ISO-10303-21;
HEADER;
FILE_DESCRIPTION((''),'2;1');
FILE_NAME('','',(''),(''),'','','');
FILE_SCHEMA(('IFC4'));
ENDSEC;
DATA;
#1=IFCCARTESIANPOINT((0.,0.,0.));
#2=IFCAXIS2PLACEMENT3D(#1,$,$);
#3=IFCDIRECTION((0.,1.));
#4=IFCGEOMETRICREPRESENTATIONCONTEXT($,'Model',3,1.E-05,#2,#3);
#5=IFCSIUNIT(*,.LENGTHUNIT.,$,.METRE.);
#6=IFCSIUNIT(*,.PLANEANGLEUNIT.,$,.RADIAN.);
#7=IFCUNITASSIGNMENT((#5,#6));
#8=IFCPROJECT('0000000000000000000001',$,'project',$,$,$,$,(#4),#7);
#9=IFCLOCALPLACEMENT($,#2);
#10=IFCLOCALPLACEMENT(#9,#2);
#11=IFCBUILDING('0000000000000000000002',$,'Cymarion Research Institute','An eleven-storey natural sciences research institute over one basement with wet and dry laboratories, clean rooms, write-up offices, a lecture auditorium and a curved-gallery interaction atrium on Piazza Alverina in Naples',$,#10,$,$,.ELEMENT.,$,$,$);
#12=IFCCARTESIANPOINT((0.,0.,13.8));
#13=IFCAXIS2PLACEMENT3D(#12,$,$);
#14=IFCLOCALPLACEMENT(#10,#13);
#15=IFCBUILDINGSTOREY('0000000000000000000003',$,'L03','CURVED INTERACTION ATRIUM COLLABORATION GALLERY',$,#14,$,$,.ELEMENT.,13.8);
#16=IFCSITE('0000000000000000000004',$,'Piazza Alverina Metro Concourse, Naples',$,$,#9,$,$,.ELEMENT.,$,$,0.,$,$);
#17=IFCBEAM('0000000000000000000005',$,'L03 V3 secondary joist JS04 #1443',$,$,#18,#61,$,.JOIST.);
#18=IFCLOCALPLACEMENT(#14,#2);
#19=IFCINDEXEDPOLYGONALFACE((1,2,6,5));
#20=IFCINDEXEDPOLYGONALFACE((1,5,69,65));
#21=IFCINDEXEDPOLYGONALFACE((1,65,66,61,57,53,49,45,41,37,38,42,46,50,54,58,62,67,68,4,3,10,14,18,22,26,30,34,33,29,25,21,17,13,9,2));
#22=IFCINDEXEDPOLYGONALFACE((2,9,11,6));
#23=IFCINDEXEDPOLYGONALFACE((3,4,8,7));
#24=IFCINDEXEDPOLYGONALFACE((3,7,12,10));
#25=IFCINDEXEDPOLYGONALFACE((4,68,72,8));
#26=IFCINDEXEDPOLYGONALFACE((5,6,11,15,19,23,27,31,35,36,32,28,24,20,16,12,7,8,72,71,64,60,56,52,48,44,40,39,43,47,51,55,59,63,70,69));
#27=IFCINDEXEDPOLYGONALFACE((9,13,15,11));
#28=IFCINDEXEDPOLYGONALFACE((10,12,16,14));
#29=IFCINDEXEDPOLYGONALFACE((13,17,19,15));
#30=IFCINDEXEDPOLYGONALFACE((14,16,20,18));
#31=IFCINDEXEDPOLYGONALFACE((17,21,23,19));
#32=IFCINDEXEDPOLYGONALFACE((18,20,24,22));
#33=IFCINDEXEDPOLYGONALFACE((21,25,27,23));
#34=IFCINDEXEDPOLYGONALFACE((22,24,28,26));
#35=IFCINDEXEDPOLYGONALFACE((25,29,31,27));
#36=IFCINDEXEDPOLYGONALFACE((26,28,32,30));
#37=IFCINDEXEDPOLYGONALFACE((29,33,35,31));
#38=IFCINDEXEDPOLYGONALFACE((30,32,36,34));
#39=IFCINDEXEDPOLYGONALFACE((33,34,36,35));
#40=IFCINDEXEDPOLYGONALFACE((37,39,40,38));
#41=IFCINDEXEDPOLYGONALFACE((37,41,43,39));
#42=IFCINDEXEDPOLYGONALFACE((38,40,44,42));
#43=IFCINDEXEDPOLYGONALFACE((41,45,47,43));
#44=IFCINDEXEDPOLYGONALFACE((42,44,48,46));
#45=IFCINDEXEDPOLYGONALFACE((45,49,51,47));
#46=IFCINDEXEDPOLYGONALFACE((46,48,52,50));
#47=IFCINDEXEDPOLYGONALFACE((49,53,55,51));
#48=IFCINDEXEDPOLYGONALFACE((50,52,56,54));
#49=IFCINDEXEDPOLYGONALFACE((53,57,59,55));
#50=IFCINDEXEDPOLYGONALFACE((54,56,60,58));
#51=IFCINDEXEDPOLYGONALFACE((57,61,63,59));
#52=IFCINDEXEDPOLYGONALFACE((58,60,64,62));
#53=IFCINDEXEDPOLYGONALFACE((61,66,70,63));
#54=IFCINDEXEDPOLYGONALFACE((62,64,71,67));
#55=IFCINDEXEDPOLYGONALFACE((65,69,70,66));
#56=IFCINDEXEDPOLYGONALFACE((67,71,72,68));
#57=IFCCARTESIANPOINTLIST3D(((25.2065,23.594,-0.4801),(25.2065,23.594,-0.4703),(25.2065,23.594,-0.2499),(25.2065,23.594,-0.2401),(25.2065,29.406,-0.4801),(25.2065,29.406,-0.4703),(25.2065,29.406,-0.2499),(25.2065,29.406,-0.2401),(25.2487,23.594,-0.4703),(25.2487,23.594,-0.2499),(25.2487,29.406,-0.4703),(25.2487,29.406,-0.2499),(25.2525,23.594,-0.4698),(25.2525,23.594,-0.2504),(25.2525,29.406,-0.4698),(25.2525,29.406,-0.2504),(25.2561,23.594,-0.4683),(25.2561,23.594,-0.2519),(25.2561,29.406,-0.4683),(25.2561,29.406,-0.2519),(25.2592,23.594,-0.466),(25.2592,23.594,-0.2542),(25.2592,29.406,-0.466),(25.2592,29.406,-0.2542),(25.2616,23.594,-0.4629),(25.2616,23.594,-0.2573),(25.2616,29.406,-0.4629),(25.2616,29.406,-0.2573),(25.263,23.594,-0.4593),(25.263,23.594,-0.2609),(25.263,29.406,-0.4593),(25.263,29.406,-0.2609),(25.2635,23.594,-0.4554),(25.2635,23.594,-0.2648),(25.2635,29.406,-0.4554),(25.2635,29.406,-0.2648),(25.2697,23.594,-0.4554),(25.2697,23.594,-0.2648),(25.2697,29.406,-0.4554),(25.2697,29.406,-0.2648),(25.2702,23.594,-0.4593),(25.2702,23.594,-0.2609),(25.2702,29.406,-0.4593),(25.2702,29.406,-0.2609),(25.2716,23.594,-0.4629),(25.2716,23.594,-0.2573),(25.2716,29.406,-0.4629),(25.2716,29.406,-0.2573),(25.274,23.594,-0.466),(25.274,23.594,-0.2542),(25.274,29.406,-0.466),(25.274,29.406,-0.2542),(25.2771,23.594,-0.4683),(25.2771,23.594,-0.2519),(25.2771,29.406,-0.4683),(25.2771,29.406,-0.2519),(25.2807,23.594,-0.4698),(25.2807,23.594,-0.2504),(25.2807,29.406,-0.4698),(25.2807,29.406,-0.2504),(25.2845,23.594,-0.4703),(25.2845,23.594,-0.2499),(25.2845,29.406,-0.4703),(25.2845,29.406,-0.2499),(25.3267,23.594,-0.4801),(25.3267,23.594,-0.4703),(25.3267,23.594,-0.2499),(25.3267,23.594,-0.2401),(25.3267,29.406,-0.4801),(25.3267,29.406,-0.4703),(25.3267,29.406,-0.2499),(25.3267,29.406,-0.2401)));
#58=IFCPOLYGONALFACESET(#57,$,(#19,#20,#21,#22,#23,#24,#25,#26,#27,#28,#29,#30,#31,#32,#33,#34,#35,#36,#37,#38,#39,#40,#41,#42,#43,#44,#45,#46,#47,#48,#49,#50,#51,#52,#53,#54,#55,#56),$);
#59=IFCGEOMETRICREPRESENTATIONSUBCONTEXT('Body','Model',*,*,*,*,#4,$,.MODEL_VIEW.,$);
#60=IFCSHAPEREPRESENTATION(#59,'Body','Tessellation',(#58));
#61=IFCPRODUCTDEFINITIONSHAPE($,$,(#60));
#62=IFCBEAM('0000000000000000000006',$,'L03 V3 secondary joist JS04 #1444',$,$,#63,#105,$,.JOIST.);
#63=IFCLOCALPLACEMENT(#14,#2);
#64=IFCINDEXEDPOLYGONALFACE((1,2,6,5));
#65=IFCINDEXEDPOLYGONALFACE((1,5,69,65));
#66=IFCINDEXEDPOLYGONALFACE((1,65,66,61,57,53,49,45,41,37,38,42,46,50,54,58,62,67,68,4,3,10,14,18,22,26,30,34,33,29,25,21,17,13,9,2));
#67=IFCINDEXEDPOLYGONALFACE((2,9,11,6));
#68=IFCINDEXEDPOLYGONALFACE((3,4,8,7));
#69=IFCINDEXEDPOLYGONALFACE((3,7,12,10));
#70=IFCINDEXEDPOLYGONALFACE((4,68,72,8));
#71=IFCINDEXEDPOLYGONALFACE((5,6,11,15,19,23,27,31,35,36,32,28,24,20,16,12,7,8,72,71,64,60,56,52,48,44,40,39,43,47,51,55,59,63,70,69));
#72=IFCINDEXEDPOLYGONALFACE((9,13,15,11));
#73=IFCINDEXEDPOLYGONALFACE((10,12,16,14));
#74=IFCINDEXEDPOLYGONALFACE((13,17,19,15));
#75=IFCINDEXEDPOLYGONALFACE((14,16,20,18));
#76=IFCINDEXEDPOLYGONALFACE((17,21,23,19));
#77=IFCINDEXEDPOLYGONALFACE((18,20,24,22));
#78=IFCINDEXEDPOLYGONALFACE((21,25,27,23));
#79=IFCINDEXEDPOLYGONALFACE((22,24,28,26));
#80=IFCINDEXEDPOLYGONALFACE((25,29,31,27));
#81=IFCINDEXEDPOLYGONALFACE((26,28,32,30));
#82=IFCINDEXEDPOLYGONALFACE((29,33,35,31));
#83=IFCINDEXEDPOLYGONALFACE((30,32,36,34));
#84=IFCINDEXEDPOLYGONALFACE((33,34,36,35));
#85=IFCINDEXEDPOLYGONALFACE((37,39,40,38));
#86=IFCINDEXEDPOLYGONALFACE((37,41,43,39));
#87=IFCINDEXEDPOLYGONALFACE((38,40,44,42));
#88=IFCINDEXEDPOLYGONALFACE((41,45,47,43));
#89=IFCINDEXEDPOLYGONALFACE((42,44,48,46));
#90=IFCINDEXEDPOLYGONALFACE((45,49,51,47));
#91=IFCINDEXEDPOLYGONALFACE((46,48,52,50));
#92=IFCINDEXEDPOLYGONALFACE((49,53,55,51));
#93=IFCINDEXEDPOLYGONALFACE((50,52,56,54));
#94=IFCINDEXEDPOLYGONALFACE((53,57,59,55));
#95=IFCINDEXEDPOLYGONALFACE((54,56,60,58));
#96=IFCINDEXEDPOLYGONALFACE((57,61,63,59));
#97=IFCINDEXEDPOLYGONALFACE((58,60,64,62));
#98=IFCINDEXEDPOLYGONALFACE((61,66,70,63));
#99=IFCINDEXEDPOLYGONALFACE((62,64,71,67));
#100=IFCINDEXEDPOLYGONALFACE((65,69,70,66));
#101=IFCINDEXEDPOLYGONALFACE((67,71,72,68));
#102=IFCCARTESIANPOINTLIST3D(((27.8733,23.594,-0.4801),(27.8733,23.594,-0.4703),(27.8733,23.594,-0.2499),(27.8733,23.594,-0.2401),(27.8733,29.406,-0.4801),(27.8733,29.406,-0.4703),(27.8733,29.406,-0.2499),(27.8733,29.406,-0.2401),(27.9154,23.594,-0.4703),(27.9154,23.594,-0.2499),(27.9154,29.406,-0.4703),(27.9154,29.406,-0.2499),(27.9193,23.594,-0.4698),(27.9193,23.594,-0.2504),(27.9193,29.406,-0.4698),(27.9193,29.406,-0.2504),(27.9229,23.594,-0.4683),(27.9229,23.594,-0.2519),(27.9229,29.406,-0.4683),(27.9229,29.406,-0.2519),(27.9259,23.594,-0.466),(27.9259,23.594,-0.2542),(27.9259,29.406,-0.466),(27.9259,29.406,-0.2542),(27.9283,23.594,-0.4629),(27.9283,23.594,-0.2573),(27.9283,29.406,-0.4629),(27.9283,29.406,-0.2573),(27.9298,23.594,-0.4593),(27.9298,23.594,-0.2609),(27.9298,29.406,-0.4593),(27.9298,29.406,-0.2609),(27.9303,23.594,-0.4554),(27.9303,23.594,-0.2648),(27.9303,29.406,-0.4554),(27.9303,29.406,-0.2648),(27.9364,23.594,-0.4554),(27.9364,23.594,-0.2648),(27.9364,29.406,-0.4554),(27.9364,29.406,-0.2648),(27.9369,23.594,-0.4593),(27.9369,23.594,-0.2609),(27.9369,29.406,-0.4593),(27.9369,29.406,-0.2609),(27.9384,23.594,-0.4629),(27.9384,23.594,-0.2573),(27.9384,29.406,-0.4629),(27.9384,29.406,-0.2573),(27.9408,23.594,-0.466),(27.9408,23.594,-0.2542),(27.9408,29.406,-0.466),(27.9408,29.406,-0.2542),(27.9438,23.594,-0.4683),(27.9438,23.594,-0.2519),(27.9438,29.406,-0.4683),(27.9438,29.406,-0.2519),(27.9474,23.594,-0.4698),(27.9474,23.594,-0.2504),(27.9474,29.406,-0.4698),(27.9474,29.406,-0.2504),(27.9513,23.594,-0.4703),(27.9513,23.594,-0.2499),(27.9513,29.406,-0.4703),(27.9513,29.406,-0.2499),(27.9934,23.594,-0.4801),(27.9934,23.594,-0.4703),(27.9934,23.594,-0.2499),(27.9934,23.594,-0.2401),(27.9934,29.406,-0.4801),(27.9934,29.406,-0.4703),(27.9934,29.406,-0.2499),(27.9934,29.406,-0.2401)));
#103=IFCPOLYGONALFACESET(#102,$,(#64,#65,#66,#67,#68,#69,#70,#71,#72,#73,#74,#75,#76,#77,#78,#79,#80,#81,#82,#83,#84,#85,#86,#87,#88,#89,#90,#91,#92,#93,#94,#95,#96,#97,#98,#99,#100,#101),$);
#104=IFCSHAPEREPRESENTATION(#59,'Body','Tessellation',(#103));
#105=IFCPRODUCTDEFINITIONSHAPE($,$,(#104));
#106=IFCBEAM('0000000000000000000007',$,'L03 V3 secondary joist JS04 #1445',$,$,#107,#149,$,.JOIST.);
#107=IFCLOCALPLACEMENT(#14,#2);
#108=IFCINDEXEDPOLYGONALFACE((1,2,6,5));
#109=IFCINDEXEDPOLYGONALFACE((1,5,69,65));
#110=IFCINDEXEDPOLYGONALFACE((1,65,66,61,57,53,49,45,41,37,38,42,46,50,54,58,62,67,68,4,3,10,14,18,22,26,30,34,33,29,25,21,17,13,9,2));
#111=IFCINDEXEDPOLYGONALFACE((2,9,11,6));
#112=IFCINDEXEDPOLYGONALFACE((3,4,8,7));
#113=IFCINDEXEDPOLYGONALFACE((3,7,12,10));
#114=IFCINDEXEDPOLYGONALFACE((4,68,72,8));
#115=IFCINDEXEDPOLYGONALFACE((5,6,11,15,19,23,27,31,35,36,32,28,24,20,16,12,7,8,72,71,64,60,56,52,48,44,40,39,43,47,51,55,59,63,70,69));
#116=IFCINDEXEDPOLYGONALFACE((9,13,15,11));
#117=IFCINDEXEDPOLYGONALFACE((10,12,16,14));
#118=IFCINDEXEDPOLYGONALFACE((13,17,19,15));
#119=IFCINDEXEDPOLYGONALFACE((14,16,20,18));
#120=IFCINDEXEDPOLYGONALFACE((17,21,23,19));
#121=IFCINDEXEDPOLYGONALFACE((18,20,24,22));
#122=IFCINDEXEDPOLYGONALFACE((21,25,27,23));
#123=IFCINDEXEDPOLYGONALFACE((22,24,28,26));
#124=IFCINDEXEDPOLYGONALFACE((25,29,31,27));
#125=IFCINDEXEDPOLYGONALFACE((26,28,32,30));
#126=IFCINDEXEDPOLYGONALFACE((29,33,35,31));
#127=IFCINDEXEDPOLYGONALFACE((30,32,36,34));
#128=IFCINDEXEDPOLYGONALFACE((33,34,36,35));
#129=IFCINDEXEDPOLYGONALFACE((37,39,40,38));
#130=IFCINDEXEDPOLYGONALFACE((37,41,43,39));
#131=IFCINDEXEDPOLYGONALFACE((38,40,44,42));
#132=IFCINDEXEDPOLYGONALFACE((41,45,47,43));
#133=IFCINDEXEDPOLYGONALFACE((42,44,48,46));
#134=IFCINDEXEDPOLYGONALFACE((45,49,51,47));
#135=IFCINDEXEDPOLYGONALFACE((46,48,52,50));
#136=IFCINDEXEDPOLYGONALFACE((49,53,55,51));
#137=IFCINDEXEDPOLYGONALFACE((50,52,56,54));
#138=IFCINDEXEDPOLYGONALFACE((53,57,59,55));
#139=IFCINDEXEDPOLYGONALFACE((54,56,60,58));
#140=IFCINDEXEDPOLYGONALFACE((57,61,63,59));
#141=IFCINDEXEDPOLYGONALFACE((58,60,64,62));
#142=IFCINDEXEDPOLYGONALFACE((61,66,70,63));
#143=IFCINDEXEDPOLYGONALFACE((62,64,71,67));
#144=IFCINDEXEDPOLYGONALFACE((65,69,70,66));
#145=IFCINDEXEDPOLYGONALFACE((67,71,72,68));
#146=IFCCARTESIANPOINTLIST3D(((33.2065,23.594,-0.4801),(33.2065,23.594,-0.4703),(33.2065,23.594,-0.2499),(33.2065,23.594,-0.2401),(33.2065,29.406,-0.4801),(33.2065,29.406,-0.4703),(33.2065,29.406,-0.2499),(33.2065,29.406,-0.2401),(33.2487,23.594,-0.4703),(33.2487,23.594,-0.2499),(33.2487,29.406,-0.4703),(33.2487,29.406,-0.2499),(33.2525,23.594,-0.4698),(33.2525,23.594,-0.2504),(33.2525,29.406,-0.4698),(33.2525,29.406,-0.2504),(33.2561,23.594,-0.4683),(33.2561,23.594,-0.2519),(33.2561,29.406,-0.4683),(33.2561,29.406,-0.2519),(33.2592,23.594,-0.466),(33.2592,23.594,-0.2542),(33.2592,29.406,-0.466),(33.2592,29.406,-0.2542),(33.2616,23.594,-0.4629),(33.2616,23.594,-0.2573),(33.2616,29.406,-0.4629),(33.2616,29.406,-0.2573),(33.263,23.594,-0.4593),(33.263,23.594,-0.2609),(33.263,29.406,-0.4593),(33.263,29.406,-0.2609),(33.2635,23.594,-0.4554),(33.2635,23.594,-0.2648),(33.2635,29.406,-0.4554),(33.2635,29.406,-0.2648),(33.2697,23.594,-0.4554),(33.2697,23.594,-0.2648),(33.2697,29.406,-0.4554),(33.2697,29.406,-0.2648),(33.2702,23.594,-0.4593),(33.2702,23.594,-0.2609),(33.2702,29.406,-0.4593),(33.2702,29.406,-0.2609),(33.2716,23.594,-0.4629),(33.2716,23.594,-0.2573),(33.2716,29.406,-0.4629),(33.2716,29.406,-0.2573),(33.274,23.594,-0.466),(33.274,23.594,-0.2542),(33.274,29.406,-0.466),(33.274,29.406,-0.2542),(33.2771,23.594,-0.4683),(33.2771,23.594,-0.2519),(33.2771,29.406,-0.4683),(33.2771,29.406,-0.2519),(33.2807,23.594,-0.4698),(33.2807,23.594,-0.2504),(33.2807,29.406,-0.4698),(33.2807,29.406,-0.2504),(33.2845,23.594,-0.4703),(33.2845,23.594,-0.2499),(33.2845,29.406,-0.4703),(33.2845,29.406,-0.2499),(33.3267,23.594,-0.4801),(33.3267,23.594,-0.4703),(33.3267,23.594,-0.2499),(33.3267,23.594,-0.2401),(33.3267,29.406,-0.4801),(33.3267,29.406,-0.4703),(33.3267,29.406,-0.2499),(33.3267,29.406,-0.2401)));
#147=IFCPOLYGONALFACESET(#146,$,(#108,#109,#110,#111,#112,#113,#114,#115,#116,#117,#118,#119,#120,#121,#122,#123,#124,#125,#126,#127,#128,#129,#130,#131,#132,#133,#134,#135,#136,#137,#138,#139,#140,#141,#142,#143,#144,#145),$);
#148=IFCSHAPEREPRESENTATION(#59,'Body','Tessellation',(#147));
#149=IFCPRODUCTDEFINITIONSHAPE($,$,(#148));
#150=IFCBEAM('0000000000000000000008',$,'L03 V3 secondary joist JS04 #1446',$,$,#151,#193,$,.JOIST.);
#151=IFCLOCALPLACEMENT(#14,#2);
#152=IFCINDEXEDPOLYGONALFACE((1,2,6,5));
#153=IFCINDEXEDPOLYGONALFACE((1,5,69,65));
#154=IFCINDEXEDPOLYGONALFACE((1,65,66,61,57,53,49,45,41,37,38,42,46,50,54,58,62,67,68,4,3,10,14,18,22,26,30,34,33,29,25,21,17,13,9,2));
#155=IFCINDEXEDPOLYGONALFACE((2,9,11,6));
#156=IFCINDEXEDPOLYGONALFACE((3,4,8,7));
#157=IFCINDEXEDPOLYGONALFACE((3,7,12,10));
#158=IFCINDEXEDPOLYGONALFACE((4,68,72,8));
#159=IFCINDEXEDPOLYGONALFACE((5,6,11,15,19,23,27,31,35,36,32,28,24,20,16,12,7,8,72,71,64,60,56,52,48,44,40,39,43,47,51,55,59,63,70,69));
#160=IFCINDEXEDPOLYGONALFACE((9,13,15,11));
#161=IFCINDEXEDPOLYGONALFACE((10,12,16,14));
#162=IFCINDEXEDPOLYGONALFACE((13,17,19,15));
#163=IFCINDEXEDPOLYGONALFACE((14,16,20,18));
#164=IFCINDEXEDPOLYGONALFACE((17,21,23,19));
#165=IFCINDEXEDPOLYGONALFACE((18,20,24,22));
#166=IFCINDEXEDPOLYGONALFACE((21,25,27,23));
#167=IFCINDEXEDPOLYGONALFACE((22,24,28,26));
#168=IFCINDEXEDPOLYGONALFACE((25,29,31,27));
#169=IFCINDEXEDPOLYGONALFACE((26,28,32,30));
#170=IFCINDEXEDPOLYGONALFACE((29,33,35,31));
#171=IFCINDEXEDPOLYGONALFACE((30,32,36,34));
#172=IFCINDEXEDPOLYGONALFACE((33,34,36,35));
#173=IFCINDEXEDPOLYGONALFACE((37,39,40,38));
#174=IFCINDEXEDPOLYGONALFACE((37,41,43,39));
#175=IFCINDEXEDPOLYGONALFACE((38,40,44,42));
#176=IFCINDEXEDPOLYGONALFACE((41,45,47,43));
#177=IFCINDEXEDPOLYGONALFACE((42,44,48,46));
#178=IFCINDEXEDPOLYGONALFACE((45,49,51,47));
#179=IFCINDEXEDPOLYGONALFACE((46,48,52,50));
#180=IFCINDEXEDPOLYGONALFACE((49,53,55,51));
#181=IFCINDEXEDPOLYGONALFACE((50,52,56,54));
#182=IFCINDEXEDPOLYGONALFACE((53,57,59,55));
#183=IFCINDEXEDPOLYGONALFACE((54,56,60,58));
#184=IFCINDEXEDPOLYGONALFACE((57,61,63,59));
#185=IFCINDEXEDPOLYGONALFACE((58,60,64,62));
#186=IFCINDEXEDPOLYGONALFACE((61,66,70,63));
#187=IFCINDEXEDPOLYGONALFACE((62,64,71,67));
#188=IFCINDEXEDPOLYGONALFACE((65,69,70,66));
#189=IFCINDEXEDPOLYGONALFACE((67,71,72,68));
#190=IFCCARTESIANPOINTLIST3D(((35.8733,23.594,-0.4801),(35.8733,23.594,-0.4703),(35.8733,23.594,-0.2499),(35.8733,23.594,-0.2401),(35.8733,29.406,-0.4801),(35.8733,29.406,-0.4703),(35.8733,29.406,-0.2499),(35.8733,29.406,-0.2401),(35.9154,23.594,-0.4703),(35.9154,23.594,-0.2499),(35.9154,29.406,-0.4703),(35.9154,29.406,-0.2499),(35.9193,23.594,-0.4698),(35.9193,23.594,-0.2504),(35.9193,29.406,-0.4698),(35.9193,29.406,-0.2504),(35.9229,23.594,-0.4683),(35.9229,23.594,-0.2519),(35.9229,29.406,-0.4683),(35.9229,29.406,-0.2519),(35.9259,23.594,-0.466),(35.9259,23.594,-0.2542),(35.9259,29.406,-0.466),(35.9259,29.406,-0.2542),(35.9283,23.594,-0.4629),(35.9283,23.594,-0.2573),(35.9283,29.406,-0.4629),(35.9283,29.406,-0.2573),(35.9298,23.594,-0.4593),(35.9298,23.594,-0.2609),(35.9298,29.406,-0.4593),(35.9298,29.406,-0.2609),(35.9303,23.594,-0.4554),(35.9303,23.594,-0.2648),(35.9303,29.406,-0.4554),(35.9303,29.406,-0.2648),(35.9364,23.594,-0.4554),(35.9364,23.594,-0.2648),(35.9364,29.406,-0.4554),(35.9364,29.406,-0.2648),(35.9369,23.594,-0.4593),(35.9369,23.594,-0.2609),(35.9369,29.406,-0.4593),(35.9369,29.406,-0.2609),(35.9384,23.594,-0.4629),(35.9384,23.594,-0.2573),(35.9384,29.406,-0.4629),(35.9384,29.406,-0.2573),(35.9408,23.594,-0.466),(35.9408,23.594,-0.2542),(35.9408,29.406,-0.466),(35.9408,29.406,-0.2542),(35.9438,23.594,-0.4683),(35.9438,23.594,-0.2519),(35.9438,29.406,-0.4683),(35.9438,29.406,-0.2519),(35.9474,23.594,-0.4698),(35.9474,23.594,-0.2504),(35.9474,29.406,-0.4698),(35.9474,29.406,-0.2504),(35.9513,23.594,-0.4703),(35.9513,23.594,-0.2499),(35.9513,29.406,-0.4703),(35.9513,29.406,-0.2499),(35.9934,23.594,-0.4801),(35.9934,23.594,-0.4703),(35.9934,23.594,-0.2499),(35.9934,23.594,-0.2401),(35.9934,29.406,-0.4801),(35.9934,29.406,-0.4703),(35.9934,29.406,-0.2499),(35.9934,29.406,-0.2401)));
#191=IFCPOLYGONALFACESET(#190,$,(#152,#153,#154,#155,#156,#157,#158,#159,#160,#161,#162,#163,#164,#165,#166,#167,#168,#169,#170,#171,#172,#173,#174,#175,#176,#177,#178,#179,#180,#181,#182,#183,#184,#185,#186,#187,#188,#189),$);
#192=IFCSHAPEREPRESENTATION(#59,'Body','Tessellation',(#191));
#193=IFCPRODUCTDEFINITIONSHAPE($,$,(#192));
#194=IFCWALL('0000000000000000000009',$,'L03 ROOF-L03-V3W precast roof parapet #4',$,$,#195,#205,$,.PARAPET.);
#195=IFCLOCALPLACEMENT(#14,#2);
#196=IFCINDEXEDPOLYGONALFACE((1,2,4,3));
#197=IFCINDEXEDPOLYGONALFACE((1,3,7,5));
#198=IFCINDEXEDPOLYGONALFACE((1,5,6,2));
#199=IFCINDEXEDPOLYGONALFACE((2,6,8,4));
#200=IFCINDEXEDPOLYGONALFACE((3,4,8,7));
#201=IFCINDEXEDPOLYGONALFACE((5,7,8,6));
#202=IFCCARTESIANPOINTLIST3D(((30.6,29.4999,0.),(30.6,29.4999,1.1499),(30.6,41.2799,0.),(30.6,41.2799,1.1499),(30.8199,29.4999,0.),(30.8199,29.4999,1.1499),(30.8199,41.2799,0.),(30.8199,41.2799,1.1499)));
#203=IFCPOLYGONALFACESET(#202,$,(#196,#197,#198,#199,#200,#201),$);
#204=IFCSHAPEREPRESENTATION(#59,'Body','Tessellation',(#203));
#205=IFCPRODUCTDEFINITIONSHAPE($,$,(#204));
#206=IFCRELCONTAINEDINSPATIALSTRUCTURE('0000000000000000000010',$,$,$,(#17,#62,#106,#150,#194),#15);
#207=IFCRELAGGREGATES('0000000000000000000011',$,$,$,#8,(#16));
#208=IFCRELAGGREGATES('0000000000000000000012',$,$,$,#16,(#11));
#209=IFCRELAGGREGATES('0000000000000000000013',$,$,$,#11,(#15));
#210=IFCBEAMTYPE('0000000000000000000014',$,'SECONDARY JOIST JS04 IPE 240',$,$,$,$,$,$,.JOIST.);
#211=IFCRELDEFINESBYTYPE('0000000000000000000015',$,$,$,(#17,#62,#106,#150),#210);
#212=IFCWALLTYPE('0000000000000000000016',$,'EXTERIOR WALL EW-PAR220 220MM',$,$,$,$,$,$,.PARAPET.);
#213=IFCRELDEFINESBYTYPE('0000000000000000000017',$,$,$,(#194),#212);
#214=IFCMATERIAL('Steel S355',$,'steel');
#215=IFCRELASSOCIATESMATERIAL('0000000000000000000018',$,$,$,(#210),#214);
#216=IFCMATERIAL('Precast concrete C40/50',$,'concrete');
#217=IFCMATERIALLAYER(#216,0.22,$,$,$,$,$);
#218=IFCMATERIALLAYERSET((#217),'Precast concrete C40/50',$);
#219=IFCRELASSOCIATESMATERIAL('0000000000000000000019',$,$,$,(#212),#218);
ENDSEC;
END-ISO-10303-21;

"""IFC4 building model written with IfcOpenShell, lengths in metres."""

from ifc_helpers import new_model, si_unit, direction, frame, frame_2d, origin, origin_2d, place, context, subcontext, project, spatial, rectangle, i_section, extrude, material, layer, layer_set, material_profile, profile_set, type_object, element, save


model = new_model("IFC4")

# Units and contexts
model_context = context("Model", 3, precision=1e-05, world=origin(), true_north=direction((0.0, 1.0)))
body_context = subcontext(model_context, "Body", "Model", "MODEL_VIEW")
ifc_project = project(units=[si_unit("LENGTHUNIT", "METRE"), si_unit("PLANEANGLEUNIT", "RADIAN")], contexts=[model_context])

# Site, building, storey
site_placement = place(None, origin())
site = spatial("IfcSite", under=ifc_project, at=site_placement, Name="Piazza Alverina Metro Concourse, Naples", CompositionType="ELEMENT", RefElevation=0.0)
building_placement = place(site_placement, origin())
building = spatial("IfcBuilding", under=site, at=building_placement, Name="Cymarion Research Institute", Description="An eleven-storey natural sciences research institute over one basement with wet and dry laboratories, clean rooms, write-up offices, a lecture auditorium and a curved-gallery interaction atrium on Piazza Alverina in Naples", CompositionType="ELEMENT")
storey_placement = place(building_placement, frame((0.0, 0.0, 13.8)))
storey = spatial("IfcBuildingStorey", under=building, at=storey_placement, Name="L03", Description="CURVED INTERACTION ATRIUM COLLABORATION GALLERY", CompositionType="ELEMENT", Elevation=13.8)

# Beams
ifc_material_1 = material(Name="Steel S355", Category="steel")
ifc_material_profile_1 = material_profile(ifc_material_1, i_section(OverallWidth=0.1201, OverallDepth=0.24, WebThickness=0.0061, FlangeThickness=0.0098, FilletRadius=0.0149, at=origin_2d()), Name="IPE 240")
ifc_profile_set_1 = profile_set([ifc_material_profile_1], Name="Steel S355")
beam_type_1 = type_object("IfcBeamType", Name="SECONDARY JOIST JS04 IPE 240", PredefinedType="JOIST", material=ifc_profile_set_1)
for number, where, z_axis, x_axis, name in (
    (1, (25.2666, 23.594, -0.3601), (0.0, 1.0, 0.0), (-1.0, 0.0, 0.0), "L03 V3 secondary joist JS04 #1443"),
    (2, (27.9333, 23.594, -0.3601), (0.0, 1.0, 0.0), (-1.0, 0.0, 0.0), "L03 V3 secondary joist JS04 #1444"),
    (3, (33.2666, 23.594, -0.3601), (0.0, 1.0, 0.0), (-1.0, 0.0, 0.0), "L03 V3 secondary joist JS04 #1445"),
    (4, (35.9333, 23.594, -0.3601), (0.0, 1.0, 0.0), (-1.0, 0.0, 0.0), "L03 V3 secondary joist JS04 #1446"),
):
    element("IfcBeam", number, at=place(storey_placement, frame(where, z_axis=z_axis, x_axis=x_axis)), inside=storey, type_object=beam_type_1, Name=name, PredefinedType="JOIST", context=body_context, shape_type="SweptSolid", body=[
        extrude(i_section(OverallWidth=0.1201, OverallDepth=0.24, WebThickness=0.0061, FlangeThickness=0.0098, FilletRadius=0.0149, at=origin_2d()), origin(), (0.0, 0.0, 1.0), 5.812),
    ])

# Wall
ifc_material_2 = material(Name="Precast concrete C40/50", Category="concrete")
ifc_layer_1 = layer(ifc_material_2, 0.22)
ifc_layer_set_1 = layer_set([ifc_layer_1], Name="Precast concrete C40/50")
wall_type = type_object("IfcWallType", Name="EXTERIOR WALL EW-PAR220 220MM", PredefinedType="PARAPET", material=ifc_layer_set_1)
wall_1_placement = place(storey_placement, frame((30.71, 41.28, 0.0), z_axis=(0.0, 0.0, 1.0), x_axis=(0.0, -1.0, 0.0)))
element("IfcWall", 5, at=wall_1_placement, inside=storey, type_object=wall_type, Name="L03 ROOF-L03-V3W precast roof parapet #4", PredefinedType="PARAPET", context=body_context, shape_type="SweptSolid", body=[
    extrude(rectangle(XDim=11.78, YDim=0.22, at=frame_2d((5.8901, 0.0))), origin(), (0.0, 0.0, 1.0), 1.1499),
])

save(model, "model.ifc")
